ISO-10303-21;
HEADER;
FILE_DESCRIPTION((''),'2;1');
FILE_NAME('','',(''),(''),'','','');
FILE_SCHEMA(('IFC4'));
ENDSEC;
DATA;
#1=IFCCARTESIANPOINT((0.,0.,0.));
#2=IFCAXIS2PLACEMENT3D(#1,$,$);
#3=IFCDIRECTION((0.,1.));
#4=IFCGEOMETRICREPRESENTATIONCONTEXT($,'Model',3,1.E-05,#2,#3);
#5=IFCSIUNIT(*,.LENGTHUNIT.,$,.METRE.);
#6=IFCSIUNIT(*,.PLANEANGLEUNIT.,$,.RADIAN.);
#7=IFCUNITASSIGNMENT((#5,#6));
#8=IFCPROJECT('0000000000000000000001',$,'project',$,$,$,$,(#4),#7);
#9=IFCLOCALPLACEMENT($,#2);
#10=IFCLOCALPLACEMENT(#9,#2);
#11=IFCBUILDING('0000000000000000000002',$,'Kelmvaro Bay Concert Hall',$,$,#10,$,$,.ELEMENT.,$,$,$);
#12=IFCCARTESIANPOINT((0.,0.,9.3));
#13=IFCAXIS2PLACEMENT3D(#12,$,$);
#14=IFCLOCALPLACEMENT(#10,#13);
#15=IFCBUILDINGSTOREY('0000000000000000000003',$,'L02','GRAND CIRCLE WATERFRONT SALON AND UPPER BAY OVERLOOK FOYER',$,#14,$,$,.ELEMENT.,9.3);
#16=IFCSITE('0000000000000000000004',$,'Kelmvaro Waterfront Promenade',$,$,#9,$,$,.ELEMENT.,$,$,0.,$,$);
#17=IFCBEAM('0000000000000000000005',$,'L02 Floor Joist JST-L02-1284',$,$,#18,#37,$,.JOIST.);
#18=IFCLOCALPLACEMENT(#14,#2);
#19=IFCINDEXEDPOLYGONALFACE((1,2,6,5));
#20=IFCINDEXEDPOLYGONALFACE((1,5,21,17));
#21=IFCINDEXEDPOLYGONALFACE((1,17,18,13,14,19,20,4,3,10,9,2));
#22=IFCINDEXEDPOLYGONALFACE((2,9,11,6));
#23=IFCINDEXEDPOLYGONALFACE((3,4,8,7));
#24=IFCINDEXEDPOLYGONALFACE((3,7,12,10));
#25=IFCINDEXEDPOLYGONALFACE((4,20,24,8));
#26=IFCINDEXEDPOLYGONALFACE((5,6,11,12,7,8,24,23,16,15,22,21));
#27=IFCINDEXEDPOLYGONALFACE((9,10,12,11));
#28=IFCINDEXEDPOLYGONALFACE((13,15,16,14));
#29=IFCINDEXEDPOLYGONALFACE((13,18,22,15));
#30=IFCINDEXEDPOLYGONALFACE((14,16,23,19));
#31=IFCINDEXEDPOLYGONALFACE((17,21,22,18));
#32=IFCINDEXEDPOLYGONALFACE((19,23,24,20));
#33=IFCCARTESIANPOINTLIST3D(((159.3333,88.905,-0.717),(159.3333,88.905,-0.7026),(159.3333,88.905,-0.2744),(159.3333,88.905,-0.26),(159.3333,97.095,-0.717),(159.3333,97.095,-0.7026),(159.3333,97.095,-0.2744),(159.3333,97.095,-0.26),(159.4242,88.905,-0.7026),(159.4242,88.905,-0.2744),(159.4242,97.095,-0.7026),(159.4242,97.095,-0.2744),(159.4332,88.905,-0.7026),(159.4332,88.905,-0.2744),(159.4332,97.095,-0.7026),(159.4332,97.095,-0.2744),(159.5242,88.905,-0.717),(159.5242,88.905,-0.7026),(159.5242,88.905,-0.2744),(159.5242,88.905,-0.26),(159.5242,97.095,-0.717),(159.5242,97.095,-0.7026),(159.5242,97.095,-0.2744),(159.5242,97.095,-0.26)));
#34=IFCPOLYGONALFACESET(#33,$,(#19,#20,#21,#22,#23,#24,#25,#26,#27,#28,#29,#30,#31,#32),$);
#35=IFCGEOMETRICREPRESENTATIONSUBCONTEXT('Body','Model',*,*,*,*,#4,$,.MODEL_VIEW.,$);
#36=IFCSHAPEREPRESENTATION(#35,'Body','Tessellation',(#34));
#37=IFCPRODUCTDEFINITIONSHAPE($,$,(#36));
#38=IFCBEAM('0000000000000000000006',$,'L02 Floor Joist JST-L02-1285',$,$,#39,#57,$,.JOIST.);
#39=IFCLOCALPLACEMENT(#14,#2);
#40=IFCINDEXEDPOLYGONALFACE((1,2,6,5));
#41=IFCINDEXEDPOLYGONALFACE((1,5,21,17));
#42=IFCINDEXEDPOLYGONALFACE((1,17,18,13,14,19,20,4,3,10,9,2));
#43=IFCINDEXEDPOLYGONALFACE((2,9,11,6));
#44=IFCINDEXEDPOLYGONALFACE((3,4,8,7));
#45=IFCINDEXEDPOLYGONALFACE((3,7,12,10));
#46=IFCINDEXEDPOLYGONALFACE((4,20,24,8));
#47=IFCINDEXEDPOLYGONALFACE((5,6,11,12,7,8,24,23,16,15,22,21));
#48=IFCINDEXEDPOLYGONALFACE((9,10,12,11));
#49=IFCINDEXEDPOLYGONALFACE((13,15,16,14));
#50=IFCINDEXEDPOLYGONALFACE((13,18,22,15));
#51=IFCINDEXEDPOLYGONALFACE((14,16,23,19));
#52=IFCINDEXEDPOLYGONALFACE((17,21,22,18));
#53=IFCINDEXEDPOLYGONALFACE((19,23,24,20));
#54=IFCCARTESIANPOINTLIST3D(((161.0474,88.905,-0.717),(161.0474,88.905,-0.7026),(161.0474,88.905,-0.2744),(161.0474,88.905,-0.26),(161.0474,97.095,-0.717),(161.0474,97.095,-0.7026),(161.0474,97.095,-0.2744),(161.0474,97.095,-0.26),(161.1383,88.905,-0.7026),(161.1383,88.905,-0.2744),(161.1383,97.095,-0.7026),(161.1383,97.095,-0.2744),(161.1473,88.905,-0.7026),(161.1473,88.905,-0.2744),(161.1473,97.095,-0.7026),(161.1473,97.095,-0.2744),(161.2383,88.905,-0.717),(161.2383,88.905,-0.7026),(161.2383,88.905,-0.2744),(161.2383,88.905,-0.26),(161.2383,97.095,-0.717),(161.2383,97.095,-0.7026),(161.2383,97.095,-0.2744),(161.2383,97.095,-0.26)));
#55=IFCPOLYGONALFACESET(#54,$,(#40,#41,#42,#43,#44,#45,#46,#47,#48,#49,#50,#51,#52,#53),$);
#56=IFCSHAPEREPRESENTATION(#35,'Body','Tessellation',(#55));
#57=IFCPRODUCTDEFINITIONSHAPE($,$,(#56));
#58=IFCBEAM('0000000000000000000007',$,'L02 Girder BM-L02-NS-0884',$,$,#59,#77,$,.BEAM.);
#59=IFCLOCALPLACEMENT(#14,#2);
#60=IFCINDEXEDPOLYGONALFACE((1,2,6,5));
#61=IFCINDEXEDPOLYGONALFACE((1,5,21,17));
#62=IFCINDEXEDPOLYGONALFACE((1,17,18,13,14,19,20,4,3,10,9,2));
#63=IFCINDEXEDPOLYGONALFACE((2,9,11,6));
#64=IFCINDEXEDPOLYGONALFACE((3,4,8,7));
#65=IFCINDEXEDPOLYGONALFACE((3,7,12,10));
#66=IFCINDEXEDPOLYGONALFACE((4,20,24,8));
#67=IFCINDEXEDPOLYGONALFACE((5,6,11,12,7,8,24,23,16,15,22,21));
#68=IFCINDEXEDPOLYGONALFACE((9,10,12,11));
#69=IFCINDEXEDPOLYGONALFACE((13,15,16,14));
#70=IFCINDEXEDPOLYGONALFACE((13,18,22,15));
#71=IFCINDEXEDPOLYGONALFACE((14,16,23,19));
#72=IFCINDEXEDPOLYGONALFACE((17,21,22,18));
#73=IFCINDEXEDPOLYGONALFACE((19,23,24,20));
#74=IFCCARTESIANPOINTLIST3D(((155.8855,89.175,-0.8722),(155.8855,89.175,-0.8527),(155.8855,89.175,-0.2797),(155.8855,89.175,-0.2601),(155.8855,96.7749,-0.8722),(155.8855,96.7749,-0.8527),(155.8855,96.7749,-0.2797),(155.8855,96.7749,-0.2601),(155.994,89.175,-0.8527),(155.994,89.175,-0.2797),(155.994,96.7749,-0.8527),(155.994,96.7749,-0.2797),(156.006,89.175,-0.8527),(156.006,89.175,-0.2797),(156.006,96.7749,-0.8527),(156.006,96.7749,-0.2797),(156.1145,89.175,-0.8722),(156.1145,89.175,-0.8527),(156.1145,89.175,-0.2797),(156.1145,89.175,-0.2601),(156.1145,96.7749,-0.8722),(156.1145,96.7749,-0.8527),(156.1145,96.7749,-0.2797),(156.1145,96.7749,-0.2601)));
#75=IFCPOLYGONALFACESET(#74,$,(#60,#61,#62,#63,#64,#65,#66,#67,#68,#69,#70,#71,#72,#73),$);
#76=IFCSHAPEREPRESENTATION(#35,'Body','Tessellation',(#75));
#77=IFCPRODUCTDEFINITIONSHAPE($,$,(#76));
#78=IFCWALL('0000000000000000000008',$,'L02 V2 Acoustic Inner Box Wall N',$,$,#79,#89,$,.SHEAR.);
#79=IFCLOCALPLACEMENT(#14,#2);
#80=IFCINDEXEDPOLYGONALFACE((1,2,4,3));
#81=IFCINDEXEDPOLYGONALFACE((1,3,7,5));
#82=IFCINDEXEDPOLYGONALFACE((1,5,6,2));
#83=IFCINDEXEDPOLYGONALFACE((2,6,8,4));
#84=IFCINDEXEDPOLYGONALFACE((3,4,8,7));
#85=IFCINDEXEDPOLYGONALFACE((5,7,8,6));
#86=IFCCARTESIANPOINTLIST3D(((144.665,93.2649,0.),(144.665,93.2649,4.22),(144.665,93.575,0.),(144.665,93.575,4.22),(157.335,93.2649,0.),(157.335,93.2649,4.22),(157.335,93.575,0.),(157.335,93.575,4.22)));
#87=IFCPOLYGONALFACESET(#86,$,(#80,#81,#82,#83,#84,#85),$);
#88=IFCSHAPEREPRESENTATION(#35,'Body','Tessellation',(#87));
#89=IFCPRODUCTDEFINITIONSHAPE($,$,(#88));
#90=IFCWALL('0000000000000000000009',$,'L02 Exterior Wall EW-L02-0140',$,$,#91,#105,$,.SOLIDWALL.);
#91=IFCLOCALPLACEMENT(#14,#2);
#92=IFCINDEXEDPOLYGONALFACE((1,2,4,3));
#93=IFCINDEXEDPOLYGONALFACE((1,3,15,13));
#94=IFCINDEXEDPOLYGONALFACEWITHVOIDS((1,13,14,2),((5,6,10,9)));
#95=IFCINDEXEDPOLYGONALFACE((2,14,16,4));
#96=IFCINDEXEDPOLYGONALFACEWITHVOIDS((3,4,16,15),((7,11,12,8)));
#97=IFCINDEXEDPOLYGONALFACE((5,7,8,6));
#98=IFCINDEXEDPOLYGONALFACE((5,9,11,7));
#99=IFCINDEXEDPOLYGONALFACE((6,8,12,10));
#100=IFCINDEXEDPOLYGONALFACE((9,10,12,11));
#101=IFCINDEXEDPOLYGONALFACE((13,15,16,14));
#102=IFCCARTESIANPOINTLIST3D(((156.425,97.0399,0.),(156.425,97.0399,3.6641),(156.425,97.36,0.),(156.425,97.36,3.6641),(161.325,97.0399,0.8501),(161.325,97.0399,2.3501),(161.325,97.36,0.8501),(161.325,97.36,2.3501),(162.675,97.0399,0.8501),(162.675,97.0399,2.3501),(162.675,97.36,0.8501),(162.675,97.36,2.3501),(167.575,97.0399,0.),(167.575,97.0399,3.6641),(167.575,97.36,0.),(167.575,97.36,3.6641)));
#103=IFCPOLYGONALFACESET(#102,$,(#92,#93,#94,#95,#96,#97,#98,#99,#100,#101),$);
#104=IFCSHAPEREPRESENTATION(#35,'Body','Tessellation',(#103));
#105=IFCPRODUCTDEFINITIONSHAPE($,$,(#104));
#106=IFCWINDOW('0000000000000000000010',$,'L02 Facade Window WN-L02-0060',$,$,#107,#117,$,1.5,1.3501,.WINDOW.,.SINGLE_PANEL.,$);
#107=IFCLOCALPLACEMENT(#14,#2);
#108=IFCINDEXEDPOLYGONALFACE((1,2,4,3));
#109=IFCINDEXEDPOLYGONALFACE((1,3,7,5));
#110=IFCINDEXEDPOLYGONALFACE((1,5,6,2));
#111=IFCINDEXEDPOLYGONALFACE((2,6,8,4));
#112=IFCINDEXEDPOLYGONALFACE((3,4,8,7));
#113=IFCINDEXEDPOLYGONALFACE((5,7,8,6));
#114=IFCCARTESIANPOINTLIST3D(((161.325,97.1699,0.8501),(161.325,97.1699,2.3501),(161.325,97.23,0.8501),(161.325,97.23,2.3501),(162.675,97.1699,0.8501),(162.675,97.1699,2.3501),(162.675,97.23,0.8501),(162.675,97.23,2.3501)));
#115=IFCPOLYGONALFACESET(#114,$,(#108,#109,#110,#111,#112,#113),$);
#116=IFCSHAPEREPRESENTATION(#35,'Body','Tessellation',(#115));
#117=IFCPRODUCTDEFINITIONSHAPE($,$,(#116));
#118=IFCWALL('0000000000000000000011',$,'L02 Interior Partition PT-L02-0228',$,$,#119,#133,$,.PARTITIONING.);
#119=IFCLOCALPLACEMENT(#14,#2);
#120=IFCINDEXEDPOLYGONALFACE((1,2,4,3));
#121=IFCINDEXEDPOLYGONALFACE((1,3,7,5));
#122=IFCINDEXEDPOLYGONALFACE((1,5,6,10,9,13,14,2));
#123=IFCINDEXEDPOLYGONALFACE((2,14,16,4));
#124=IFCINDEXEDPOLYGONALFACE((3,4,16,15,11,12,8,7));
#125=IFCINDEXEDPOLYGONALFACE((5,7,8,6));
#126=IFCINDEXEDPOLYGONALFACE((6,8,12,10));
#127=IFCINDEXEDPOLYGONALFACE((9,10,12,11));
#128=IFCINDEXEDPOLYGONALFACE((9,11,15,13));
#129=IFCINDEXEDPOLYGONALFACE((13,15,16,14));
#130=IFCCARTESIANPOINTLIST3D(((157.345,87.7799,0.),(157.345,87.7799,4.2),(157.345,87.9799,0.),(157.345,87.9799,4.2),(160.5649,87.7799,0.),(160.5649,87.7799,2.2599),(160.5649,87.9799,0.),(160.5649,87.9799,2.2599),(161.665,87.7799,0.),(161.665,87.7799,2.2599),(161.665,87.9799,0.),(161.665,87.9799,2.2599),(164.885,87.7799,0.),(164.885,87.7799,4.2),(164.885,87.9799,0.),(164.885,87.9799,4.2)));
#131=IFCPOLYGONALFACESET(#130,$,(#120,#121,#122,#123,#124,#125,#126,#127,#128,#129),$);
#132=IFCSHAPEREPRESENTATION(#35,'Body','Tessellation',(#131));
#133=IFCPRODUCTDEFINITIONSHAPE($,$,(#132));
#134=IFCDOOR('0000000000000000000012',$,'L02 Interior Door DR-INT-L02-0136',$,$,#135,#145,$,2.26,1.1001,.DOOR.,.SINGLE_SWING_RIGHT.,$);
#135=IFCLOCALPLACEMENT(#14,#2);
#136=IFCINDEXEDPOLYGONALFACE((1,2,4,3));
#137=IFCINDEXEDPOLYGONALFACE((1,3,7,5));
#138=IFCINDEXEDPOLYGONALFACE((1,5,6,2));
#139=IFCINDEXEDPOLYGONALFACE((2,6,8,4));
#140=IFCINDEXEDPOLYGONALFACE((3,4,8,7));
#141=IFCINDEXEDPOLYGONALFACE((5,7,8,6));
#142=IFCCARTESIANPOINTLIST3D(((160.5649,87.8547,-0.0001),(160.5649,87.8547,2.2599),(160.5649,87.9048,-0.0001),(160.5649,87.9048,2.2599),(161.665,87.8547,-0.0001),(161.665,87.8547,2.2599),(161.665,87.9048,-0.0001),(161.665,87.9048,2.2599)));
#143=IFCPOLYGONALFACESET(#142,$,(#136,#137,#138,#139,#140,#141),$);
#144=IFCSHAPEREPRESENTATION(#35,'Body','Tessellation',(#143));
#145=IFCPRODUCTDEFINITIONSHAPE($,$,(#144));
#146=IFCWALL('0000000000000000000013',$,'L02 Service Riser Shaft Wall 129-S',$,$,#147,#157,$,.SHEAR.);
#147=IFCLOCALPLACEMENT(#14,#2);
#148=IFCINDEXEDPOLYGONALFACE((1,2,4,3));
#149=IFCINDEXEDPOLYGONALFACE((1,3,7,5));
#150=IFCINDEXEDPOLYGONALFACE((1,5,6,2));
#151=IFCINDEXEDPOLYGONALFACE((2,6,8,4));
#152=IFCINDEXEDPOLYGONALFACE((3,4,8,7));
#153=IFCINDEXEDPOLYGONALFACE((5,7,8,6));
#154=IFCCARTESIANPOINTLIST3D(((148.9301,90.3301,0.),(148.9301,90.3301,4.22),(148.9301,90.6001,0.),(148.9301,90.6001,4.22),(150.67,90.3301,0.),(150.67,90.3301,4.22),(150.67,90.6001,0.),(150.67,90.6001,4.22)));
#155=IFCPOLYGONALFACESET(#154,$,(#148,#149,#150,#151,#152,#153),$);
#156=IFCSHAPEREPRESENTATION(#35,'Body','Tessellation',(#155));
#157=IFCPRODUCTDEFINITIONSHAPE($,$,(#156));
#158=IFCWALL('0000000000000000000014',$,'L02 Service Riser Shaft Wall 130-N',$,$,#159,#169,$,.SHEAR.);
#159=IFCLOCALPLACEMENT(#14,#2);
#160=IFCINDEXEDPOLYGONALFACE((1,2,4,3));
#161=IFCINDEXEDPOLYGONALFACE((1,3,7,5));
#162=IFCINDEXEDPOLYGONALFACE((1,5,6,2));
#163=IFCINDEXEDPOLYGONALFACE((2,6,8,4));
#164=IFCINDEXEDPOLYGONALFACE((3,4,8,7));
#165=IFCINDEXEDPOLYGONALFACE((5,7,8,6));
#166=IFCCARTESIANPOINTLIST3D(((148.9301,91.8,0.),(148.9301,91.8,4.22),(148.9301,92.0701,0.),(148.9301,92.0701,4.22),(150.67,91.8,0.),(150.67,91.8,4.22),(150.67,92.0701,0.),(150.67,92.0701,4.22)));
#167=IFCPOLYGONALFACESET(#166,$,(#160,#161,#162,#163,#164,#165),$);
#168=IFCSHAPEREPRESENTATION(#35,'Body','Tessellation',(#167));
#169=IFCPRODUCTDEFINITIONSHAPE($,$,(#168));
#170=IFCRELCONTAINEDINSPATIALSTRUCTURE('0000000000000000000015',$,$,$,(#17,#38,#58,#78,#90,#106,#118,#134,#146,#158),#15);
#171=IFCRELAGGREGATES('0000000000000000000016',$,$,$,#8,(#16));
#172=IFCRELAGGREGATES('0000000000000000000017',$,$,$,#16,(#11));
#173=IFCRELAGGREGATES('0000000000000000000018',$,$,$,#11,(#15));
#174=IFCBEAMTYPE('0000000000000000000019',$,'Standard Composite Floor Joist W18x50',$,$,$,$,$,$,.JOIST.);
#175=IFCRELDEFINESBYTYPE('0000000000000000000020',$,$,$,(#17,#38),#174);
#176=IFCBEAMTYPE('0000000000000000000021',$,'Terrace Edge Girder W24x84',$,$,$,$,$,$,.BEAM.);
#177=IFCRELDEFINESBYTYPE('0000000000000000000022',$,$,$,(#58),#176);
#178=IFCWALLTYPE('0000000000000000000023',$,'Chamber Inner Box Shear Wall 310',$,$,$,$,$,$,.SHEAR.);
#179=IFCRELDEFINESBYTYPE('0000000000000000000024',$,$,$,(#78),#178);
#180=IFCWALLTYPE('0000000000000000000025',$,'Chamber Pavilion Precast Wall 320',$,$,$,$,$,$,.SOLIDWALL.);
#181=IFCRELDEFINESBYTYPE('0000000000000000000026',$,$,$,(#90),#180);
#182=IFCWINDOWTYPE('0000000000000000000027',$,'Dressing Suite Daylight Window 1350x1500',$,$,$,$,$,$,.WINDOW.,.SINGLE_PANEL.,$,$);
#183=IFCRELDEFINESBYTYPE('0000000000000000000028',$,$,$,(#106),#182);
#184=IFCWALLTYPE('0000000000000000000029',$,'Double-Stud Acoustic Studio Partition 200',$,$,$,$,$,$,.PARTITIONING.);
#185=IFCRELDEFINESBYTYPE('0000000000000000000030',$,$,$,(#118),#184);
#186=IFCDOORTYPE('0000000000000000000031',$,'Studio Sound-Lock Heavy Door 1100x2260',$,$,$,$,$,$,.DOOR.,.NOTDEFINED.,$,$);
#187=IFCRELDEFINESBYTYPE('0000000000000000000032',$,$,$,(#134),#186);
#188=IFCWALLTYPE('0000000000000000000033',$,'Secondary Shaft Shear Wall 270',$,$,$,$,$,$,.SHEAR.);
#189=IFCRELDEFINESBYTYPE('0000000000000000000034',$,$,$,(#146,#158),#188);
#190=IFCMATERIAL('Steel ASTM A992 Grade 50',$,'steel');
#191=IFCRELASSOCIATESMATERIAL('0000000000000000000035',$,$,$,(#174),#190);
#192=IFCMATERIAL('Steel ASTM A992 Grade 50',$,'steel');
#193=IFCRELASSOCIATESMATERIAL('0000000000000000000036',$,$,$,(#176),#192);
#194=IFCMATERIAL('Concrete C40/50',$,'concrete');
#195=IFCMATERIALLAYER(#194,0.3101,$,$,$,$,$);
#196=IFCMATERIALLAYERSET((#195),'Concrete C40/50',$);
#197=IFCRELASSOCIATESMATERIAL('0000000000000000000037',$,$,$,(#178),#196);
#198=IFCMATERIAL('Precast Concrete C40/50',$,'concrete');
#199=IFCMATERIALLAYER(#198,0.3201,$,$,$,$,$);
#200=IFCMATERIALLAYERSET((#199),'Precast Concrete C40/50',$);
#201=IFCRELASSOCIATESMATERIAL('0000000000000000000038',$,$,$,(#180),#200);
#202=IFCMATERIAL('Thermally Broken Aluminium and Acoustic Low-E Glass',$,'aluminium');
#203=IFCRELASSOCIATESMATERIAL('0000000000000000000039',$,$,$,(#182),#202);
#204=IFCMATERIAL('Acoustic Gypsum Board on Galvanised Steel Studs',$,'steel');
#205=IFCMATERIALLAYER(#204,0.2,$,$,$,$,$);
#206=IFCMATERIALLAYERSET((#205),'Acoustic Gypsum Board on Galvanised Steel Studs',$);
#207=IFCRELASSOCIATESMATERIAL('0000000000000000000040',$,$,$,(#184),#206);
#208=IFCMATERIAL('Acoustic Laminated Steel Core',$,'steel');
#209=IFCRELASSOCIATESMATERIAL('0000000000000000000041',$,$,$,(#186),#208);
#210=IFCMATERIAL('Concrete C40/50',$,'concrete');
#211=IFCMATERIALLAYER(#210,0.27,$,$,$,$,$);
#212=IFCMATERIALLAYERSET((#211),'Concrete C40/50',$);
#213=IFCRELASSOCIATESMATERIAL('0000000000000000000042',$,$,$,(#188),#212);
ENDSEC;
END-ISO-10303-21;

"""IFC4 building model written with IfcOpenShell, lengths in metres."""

from ifc_helpers import new_model, si_unit, direction, frame, frame_2d, origin, origin_2d, place, context, subcontext, project, spatial, rectangle, i_section, extrude, material, layer, layer_set, material_profile, profile_set, type_object, element, fill, save


model = new_model("IFC4")

# Units and contexts
model_context = context("Model", 3, precision=1e-05, world=origin(), true_north=direction((0.0, 1.0)))
body_context = subcontext(model_context, "Body", "Model", "MODEL_VIEW")
ifc_project = project(units=[si_unit("LENGTHUNIT", "METRE"), si_unit("PLANEANGLEUNIT", "RADIAN")], contexts=[model_context])

# Site, building, storey
site_placement = place(None, origin())
site = spatial("IfcSite", under=ifc_project, at=site_placement, Name="Kelmvaro Waterfront Promenade", CompositionType="ELEMENT", RefElevation=0.0)
building_placement = place(site_placement, origin())
building = spatial("IfcBuilding", under=site, at=building_placement, Name="Kelmvaro Bay Concert Hall", CompositionType="ELEMENT")
storey_placement = place(building_placement, frame((0.0, 0.0, 9.3)))
storey = spatial("IfcBuildingStorey", under=building, at=storey_placement, Name="L02", Description="GRAND CIRCLE WATERFRONT SALON AND UPPER BAY OVERLOOK FOYER", CompositionType="ELEMENT", Elevation=9.3)

# Beams
ifc_material_1 = material(Name="Steel ASTM A992 Grade 50", Category="steel")
ifc_material_profile_1 = material_profile(ifc_material_1, i_section(OverallWidth=0.1909, OverallDepth=0.457, WebThickness=0.009, FlangeThickness=0.0144, at=origin_2d()), Name="W18X50")
ifc_profile_set_1 = profile_set([ifc_material_profile_1], Name="Steel ASTM A992 Grade 50")
beam_type_1 = type_object("IfcBeamType", Name="Standard Composite Floor Joist W18x50", PredefinedType="JOIST", material=ifc_profile_set_1)
for number, where, z_axis, x_axis, name in (
    (1, (159.4287, 88.905, -0.4885), (0.0, 1.0, 0.0), (-1.0, 0.0, 0.0), "L02 Floor Joist JST-L02-1284"),
    (2, (161.1428, 88.905, -0.4885), (0.0, 1.0, 0.0), (-1.0, 0.0, 0.0), "L02 Floor Joist JST-L02-1285"),
):
    element("IfcBeam", number, at=place(storey_placement, frame(where, z_axis=z_axis, x_axis=x_axis)), inside=storey, type_object=beam_type_1, Name=name, PredefinedType="JOIST", context=body_context, shape_type="SweptSolid", body=[
        extrude(i_section(OverallWidth=0.1909, OverallDepth=0.457, WebThickness=0.009, FlangeThickness=0.0144, at=origin_2d()), origin(), (0.0, 0.0, 1.0), 8.1899),
    ])
ifc_material_2 = material(Name="Steel ASTM A992 Grade 50", Category="steel")
ifc_material_profile_2 = material_profile(ifc_material_2, i_section(OverallWidth=0.229, OverallDepth=0.6121, WebThickness=0.012, FlangeThickness=0.0195, at=origin_2d()), Name="W24X84")
ifc_profile_set_2 = profile_set([ifc_material_profile_2], Name="Steel ASTM A992 Grade 50")
beam_type_2 = type_object("IfcBeamType", Name="Terrace Edge Girder W24x84", PredefinedType="BEAM", material=ifc_profile_set_2)
beam_1_placement = place(storey_placement, frame((156.0, 89.175, -0.5662), z_axis=(0.0, 1.0, 0.0), x_axis=(-1.0, 0.0, 0.0)))
element("IfcBeam", 3, at=beam_1_placement, inside=storey, type_object=beam_type_2, Name="L02 Girder BM-L02-NS-0884", PredefinedType="BEAM", context=body_context, shape_type="SweptSolid", body=[
    extrude(i_section(OverallWidth=0.229, OverallDepth=0.6121, WebThickness=0.012, FlangeThickness=0.0195, at=origin_2d()), origin(), (0.0, 0.0, 1.0), 7.5999),
])

# Wall
ifc_material_3 = material(Name="Concrete C40/50", Category="concrete")
ifc_layer_1 = layer(ifc_material_3, 0.3101)
ifc_layer_set_1 = layer_set([ifc_layer_1], Name="Concrete C40/50")
wall_type_1 = type_object("IfcWallType", Name="Chamber Inner Box Shear Wall 310", PredefinedType="SHEAR", material=ifc_layer_set_1)
wall_1_placement = place(storey_placement, frame((144.665, 93.4199, 0.0), z_axis=(0.0, 0.0, 1.0), x_axis=(1.0, 0.0, 0.0)))
element("IfcWall", 4, at=wall_1_placement, inside=storey, type_object=wall_type_1, Name="L02 V2 Acoustic Inner Box Wall N", PredefinedType="SHEAR", context=body_context, shape_type="SweptSolid", body=[
    extrude(rectangle(XDim=12.6699, YDim=0.3101, at=frame_2d((6.335, 0.0))), origin(), (0.0, 0.0, 1.0), 4.22),
])

# Wall, opening, window
ifc_material_4 = material(Name="Precast Concrete C40/50", Category="concrete")
ifc_layer_2 = layer(ifc_material_4, 0.3201)
ifc_layer_set_2 = layer_set([ifc_layer_2], Name="Precast Concrete C40/50")
wall_type_2 = type_object("IfcWallType", Name="Chamber Pavilion Precast Wall 320", PredefinedType="SOLIDWALL", material=ifc_layer_set_2)
wall_2_placement = place(storey_placement, frame((156.425, 97.2, 0.0), z_axis=(0.0, 0.0, 1.0), x_axis=(1.0, 0.0, 0.0)))
wall_2 = element("IfcWall", 5, at=wall_2_placement, inside=storey, type_object=wall_type_2, Name="L02 Exterior Wall EW-L02-0140", PredefinedType="SOLIDWALL", context=body_context, shape_type="SweptSolid", body=[
    extrude(rectangle(XDim=11.1499, YDim=0.3201, at=frame_2d((5.575, 0.0))), origin(), (0.0, 0.0, 1.0), 3.6641),
])
opening_1_placement = place(wall_2_placement, frame((4.8999, 0.0, 0.8501)))
opening_1 = element("IfcOpeningElement", 6, at=opening_1_placement, cuts=wall_2, PredefinedType="OPENING", context=body_context, shape_type="SweptSolid", body=[
    extrude(rectangle(XDim=1.3501, YDim=1.5, at=frame_2d((0.675, 0.75))), frame((0.0, 0.1699, 0.0), z_axis=(0.0, -1.0, 0.0), x_axis=(1.0, 0.0, 0.0)), (0.0, 0.0, 1.0), 0.3401),
])
ifc_material_5 = material(Name="Thermally Broken Aluminium and Acoustic Low-E Glass", Category="aluminium")
window_type = type_object("IfcWindowType", Name="Dressing Suite Daylight Window 1350x1500", PartitioningType="SINGLE_PANEL", PredefinedType="WINDOW", material=ifc_material_5)
window_placement = place(opening_1_placement, origin())
window = element("IfcWindow", 7, at=window_placement, inside=storey, type_object=window_type, Name="L02 Facade Window WN-L02-0060", OverallHeight=1.5, OverallWidth=1.3501, PartitioningType="SINGLE_PANEL", PredefinedType="WINDOW", context=body_context, shape_type="SweptSolid", body=[
    extrude(rectangle(XDim=1.3501, YDim=1.5, at=frame_2d((0.675, 0.75))), frame((0.0, 0.03, 0.0), z_axis=(0.0, -1.0, 0.0), x_axis=(1.0, 0.0, 0.0)), (0.0, 0.0, 1.0), 0.0601),
])
fill(opening_1, window)

# Wall, opening, door
ifc_material_6 = material(Name="Acoustic Gypsum Board on Galvanised Steel Studs", Category="steel")
ifc_layer_3 = layer(ifc_material_6, 0.2)
ifc_layer_set_3 = layer_set([ifc_layer_3], Name="Acoustic Gypsum Board on Galvanised Steel Studs")
wall_type_3 = type_object("IfcWallType", Name="Double-Stud Acoustic Studio Partition 200", PredefinedType="PARTITIONING", material=ifc_layer_set_3)
wall_3_placement = place(storey_placement, frame((157.345, 87.8799, 0.0), z_axis=(0.0, 0.0, 1.0), x_axis=(1.0, 0.0, 0.0)))
wall_3 = element("IfcWall", 8, at=wall_3_placement, inside=storey, type_object=wall_type_3, Name="L02 Interior Partition PT-L02-0228", PredefinedType="PARTITIONING", context=body_context, shape_type="SweptSolid", body=[
    extrude(rectangle(XDim=7.54, YDim=0.2, at=frame_2d((3.77, 0.0))), origin(), (0.0, 0.0, 1.0), 4.2),
])
opening_2_placement = place(wall_3_placement, frame((3.22, 0.0, 0.0)))
opening_2 = element("IfcOpeningElement", 9, at=opening_2_placement, cuts=wall_3, PredefinedType="OPENING", context=body_context, shape_type="SweptSolid", body=[
    extrude(rectangle(XDim=1.1001, YDim=2.26, at=frame_2d((0.55, 1.1299))), frame((0.0, 0.1099, 0.0), z_axis=(0.0, -1.0, 0.0), x_axis=(1.0, 0.0, 0.0)), (0.0, 0.0, 1.0), 0.22),
])
ifc_material_7 = material(Name="Acoustic Laminated Steel Core", Category="steel")
door_type = type_object("IfcDoorType", Name="Studio Sound-Lock Heavy Door 1100x2260", OperationType="NOTDEFINED", PredefinedType="DOOR", material=ifc_material_7)
door_placement = place(opening_2_placement, origin())
door = element("IfcDoor", 10, at=door_placement, inside=storey, type_object=door_type, Name="L02 Interior Door DR-INT-L02-0136", OperationType="SINGLE_SWING_RIGHT", OverallHeight=2.26, OverallWidth=1.1001, PredefinedType="DOOR", context=body_context, shape_type="SweptSolid", body=[
    extrude(rectangle(XDim=1.1001, YDim=2.26, at=frame_2d((0.55, 1.1299))), frame((0.0, 0.0249, 0.0), z_axis=(0.0, -1.0, 0.0), x_axis=(1.0, 0.0, 0.0)), (0.0, 0.0, 1.0), 0.05),
])
fill(opening_2, door)

# Walls
ifc_material_8 = material(Name="Concrete C40/50", Category="concrete")
ifc_layer_4 = layer(ifc_material_8, 0.27)
ifc_layer_set_4 = layer_set([ifc_layer_4], Name="Concrete C40/50")
wall_type_4 = type_object("IfcWallType", Name="Secondary Shaft Shear Wall 270", PredefinedType="SHEAR", material=ifc_layer_set_4)
for number, where, z_axis, x_axis, name in (
    (11, (148.9299, 90.4651, 0.0), (0.0, 0.0, 1.0), (1.0, 0.0, 0.0), "L02 Service Riser Shaft Wall 129-S"),
    (12, (148.9299, 91.9351, 0.0), (0.0, 0.0, 1.0), (1.0, 0.0, 0.0), "L02 Service Riser Shaft Wall 130-N"),
):
    element("IfcWall", number, at=place(storey_placement, frame(where, z_axis=z_axis, x_axis=x_axis)), inside=storey, type_object=wall_type_4, Name=name, PredefinedType="SHEAR", context=body_context, shape_type="SweptSolid", body=[
        extrude(rectangle(XDim=1.74, YDim=0.27, at=frame_2d((0.8701, 0.0))), origin(), (0.0, 0.0, 1.0), 4.22),
    ])

save(model, "model.ifc")
